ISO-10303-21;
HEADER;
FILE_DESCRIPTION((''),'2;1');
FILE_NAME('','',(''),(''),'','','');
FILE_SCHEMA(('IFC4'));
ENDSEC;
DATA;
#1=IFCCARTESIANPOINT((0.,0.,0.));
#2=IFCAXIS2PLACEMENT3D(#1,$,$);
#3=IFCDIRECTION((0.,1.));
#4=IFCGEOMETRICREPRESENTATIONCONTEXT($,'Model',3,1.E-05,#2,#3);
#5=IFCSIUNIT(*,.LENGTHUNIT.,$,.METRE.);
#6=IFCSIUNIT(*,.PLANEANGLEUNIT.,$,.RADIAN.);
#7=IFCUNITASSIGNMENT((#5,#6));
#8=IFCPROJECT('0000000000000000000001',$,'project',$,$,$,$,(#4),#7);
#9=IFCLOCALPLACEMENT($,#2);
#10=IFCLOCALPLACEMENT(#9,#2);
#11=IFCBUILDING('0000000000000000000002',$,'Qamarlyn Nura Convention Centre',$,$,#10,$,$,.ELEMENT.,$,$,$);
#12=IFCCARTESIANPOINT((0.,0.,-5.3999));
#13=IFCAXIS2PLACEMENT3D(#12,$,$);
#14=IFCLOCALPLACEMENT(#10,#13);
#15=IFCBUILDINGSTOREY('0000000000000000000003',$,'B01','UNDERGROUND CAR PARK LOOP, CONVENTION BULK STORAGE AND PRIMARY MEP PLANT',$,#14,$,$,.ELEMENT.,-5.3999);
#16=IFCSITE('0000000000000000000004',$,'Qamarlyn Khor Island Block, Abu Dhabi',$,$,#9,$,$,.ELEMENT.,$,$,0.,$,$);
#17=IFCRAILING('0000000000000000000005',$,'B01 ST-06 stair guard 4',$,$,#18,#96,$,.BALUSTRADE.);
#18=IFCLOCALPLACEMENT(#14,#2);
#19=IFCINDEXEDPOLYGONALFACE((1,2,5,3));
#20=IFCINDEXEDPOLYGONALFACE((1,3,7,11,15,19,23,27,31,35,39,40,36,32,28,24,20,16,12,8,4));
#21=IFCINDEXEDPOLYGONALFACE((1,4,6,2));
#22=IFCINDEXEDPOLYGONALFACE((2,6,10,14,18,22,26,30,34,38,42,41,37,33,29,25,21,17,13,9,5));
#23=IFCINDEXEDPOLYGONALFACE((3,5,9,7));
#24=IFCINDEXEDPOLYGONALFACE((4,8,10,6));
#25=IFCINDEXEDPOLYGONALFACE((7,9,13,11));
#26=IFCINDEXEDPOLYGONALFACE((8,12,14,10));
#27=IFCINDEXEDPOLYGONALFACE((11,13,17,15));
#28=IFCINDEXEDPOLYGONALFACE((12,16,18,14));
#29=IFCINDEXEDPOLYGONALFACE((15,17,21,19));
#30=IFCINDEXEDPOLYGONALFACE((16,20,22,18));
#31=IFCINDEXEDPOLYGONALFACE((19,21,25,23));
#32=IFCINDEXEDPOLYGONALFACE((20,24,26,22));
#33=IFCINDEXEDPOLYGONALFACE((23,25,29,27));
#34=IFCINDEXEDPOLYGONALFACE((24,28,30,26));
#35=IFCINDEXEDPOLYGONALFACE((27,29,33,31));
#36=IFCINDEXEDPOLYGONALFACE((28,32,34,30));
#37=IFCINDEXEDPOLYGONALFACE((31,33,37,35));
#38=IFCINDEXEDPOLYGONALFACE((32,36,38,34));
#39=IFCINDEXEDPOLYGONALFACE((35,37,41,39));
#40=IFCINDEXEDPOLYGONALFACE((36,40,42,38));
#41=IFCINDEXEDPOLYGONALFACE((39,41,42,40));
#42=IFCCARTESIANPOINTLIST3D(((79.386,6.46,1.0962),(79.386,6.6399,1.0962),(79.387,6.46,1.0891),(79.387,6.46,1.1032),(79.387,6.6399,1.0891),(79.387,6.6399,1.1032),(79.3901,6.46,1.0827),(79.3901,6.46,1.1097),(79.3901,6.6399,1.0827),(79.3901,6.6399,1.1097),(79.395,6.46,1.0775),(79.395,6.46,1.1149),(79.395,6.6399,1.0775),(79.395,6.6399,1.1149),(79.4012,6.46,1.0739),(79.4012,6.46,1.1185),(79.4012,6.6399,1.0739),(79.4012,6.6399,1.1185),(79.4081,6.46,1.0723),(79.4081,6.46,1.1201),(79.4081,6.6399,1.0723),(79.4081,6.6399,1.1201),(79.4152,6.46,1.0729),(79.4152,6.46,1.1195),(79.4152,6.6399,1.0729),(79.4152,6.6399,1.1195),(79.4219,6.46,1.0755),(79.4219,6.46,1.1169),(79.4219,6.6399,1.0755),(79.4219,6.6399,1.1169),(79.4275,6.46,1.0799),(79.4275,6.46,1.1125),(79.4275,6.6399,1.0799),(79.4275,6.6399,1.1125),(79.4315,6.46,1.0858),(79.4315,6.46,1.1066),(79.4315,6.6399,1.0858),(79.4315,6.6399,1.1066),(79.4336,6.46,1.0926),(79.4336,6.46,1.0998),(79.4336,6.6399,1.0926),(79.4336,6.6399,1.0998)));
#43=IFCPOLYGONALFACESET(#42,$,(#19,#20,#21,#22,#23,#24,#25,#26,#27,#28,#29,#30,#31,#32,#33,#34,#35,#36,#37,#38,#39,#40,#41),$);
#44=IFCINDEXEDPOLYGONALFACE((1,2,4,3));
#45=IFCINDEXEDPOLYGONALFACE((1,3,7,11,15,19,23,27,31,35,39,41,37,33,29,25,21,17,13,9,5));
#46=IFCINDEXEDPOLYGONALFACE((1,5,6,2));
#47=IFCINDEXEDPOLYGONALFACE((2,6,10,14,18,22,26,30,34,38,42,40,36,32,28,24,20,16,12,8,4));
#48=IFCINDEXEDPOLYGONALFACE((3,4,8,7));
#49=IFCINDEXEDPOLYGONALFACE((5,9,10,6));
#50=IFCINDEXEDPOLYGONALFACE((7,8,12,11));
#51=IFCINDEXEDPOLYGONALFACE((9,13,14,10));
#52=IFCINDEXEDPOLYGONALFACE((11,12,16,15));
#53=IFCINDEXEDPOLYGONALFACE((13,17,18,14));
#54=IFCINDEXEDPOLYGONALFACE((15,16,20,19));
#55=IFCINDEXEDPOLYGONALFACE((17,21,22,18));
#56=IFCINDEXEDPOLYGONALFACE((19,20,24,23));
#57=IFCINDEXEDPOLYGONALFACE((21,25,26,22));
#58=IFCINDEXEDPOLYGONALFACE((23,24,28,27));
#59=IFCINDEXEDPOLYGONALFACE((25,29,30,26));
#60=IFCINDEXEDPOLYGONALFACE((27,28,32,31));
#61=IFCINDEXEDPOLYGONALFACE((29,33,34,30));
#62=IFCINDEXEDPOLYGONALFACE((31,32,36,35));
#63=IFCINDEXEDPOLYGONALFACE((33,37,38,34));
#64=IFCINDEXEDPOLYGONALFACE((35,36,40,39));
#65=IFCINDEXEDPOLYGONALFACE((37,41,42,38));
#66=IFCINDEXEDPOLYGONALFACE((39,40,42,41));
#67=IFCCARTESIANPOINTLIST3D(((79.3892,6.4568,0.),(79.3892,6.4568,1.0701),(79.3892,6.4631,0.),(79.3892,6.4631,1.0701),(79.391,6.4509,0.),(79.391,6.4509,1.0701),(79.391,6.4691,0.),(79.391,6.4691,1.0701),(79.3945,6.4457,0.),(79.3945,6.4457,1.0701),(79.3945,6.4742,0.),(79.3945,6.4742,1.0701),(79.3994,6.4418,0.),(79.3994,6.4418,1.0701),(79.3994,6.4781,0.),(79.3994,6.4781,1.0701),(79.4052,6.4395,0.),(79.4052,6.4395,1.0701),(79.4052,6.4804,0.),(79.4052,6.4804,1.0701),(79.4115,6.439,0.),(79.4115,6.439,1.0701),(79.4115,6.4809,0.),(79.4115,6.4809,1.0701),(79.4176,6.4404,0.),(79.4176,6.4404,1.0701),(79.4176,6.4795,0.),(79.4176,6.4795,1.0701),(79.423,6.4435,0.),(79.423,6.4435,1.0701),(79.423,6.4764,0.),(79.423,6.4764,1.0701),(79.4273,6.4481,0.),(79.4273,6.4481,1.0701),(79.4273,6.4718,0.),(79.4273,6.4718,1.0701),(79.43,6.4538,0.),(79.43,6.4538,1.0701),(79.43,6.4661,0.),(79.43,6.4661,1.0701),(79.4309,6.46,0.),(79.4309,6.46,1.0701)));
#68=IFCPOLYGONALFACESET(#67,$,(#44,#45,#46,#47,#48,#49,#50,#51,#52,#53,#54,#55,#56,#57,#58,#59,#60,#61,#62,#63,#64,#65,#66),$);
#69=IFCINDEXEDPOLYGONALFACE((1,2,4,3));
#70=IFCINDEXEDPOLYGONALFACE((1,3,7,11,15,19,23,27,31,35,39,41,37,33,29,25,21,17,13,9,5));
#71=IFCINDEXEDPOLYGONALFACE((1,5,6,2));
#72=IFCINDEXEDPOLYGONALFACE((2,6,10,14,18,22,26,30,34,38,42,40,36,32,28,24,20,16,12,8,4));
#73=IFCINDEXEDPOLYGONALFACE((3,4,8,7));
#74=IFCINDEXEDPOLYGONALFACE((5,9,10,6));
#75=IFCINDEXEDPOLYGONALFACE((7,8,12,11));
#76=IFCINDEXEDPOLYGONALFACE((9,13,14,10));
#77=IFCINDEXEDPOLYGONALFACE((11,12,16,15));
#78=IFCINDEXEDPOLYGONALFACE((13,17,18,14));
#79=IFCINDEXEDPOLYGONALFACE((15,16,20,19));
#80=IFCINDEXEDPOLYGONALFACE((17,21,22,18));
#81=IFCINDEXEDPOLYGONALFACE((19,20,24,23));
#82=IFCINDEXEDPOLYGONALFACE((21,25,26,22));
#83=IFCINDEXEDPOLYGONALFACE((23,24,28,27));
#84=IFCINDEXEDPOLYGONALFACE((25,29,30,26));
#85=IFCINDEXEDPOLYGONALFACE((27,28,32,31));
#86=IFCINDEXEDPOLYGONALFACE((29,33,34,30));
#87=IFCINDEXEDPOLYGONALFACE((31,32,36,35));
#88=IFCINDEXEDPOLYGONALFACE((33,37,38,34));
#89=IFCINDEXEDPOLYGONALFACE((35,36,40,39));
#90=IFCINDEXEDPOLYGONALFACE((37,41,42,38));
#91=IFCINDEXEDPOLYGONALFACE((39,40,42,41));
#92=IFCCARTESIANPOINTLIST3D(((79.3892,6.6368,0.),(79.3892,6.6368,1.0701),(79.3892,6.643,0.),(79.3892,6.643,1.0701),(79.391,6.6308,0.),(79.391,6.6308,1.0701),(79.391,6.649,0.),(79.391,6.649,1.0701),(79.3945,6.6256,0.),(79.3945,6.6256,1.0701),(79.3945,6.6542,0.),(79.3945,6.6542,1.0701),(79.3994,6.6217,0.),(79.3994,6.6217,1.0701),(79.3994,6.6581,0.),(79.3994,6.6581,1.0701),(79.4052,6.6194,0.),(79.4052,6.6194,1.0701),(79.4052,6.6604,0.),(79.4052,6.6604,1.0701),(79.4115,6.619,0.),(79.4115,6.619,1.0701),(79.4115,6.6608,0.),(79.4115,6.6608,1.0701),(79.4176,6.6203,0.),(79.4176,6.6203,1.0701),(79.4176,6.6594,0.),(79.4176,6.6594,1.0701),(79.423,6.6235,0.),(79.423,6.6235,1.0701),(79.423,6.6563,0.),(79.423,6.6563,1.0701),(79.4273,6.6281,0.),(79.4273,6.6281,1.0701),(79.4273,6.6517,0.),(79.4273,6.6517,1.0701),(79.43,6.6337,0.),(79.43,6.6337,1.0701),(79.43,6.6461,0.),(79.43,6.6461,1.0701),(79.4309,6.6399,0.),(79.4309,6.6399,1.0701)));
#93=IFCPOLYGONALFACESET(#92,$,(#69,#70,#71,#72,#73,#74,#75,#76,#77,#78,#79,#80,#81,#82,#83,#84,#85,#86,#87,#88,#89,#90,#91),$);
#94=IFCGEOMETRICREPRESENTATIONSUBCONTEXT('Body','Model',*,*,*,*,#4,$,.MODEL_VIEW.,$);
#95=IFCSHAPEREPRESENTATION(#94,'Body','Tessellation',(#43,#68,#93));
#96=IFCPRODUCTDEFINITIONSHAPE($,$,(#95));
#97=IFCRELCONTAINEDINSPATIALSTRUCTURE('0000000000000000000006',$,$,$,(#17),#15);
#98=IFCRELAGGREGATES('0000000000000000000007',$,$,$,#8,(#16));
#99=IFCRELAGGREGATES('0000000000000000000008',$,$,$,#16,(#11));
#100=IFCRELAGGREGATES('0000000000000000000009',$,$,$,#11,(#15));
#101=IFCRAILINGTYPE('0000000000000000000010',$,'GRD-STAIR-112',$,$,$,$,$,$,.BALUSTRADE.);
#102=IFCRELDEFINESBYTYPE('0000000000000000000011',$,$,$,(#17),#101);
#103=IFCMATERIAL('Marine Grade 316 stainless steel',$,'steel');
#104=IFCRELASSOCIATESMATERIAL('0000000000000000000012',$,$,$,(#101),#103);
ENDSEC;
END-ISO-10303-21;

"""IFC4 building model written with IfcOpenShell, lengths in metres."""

from ifc_helpers import new_model, si_unit, direction, frame, origin, origin_2d, place, context, subcontext, project, spatial, circle, extrude, material, type_object, element, save


model = new_model("IFC4")

# Units and contexts
model_context = context("Model", 3, precision=1e-05, world=origin(), true_north=direction((0.0, 1.0)))
body_context = subcontext(model_context, "Body", "Model", "MODEL_VIEW")
ifc_project = project(units=[si_unit("LENGTHUNIT", "METRE"), si_unit("PLANEANGLEUNIT", "RADIAN")], contexts=[model_context])

# Site, building, storey
site_placement = place(None, origin())
site = spatial("IfcSite", under=ifc_project, at=site_placement, Name="Qamarlyn Khor Island Block, Abu Dhabi", CompositionType="ELEMENT", RefElevation=0.0)
building_placement = place(site_placement, origin())
building = spatial("IfcBuilding", under=site, at=building_placement, Name="Qamarlyn Nura Convention Centre", CompositionType="ELEMENT")
storey_placement = place(building_placement, frame((0.0, 0.0, -5.3999)))
storey = spatial("IfcBuildingStorey", under=building, at=storey_placement, Name="B01", Description="UNDERGROUND CAR PARK LOOP, CONVENTION BULK STORAGE AND PRIMARY MEP PLANT", CompositionType="ELEMENT", Elevation=-5.3999)

# Railing
ifc_material_1 = material(Name="Marine Grade 316 stainless steel", Category="steel")
railing_type_1 = type_object("IfcRailingType", Name="GRD-STAIR-112", PredefinedType="BALUSTRADE", material=ifc_material_1)
railing_1_placement = place(storey_placement, frame((79.4099, 6.46, 0.0)))
element("IfcRailing", 1, at=railing_1_placement, inside=storey, type_object=railing_type_1, Name="B01 ST-06 stair guard 4", PredefinedType="BALUSTRADE", context=body_context, shape_type="SweptSolid", body=[
    extrude(circle(Radius=0.0239, at=origin_2d()), frame((0.0, 0.0, 1.0962), z_axis=(0.0, 1.0, 0.0), x_axis=(-1.0, 0.0, 0.0)), (0.0, 0.0, 1.0), 0.1799),
    extrude(circle(Radius=0.021, at=origin_2d()), origin(), (0.0, 0.0, 1.0), 1.0701),
    extrude(circle(Radius=0.021, at=origin_2d()), frame((0.0, 0.1799, 0.0)), (0.0, 0.0, 1.0), 1.0701),
])

save(model, "model.ifc")
